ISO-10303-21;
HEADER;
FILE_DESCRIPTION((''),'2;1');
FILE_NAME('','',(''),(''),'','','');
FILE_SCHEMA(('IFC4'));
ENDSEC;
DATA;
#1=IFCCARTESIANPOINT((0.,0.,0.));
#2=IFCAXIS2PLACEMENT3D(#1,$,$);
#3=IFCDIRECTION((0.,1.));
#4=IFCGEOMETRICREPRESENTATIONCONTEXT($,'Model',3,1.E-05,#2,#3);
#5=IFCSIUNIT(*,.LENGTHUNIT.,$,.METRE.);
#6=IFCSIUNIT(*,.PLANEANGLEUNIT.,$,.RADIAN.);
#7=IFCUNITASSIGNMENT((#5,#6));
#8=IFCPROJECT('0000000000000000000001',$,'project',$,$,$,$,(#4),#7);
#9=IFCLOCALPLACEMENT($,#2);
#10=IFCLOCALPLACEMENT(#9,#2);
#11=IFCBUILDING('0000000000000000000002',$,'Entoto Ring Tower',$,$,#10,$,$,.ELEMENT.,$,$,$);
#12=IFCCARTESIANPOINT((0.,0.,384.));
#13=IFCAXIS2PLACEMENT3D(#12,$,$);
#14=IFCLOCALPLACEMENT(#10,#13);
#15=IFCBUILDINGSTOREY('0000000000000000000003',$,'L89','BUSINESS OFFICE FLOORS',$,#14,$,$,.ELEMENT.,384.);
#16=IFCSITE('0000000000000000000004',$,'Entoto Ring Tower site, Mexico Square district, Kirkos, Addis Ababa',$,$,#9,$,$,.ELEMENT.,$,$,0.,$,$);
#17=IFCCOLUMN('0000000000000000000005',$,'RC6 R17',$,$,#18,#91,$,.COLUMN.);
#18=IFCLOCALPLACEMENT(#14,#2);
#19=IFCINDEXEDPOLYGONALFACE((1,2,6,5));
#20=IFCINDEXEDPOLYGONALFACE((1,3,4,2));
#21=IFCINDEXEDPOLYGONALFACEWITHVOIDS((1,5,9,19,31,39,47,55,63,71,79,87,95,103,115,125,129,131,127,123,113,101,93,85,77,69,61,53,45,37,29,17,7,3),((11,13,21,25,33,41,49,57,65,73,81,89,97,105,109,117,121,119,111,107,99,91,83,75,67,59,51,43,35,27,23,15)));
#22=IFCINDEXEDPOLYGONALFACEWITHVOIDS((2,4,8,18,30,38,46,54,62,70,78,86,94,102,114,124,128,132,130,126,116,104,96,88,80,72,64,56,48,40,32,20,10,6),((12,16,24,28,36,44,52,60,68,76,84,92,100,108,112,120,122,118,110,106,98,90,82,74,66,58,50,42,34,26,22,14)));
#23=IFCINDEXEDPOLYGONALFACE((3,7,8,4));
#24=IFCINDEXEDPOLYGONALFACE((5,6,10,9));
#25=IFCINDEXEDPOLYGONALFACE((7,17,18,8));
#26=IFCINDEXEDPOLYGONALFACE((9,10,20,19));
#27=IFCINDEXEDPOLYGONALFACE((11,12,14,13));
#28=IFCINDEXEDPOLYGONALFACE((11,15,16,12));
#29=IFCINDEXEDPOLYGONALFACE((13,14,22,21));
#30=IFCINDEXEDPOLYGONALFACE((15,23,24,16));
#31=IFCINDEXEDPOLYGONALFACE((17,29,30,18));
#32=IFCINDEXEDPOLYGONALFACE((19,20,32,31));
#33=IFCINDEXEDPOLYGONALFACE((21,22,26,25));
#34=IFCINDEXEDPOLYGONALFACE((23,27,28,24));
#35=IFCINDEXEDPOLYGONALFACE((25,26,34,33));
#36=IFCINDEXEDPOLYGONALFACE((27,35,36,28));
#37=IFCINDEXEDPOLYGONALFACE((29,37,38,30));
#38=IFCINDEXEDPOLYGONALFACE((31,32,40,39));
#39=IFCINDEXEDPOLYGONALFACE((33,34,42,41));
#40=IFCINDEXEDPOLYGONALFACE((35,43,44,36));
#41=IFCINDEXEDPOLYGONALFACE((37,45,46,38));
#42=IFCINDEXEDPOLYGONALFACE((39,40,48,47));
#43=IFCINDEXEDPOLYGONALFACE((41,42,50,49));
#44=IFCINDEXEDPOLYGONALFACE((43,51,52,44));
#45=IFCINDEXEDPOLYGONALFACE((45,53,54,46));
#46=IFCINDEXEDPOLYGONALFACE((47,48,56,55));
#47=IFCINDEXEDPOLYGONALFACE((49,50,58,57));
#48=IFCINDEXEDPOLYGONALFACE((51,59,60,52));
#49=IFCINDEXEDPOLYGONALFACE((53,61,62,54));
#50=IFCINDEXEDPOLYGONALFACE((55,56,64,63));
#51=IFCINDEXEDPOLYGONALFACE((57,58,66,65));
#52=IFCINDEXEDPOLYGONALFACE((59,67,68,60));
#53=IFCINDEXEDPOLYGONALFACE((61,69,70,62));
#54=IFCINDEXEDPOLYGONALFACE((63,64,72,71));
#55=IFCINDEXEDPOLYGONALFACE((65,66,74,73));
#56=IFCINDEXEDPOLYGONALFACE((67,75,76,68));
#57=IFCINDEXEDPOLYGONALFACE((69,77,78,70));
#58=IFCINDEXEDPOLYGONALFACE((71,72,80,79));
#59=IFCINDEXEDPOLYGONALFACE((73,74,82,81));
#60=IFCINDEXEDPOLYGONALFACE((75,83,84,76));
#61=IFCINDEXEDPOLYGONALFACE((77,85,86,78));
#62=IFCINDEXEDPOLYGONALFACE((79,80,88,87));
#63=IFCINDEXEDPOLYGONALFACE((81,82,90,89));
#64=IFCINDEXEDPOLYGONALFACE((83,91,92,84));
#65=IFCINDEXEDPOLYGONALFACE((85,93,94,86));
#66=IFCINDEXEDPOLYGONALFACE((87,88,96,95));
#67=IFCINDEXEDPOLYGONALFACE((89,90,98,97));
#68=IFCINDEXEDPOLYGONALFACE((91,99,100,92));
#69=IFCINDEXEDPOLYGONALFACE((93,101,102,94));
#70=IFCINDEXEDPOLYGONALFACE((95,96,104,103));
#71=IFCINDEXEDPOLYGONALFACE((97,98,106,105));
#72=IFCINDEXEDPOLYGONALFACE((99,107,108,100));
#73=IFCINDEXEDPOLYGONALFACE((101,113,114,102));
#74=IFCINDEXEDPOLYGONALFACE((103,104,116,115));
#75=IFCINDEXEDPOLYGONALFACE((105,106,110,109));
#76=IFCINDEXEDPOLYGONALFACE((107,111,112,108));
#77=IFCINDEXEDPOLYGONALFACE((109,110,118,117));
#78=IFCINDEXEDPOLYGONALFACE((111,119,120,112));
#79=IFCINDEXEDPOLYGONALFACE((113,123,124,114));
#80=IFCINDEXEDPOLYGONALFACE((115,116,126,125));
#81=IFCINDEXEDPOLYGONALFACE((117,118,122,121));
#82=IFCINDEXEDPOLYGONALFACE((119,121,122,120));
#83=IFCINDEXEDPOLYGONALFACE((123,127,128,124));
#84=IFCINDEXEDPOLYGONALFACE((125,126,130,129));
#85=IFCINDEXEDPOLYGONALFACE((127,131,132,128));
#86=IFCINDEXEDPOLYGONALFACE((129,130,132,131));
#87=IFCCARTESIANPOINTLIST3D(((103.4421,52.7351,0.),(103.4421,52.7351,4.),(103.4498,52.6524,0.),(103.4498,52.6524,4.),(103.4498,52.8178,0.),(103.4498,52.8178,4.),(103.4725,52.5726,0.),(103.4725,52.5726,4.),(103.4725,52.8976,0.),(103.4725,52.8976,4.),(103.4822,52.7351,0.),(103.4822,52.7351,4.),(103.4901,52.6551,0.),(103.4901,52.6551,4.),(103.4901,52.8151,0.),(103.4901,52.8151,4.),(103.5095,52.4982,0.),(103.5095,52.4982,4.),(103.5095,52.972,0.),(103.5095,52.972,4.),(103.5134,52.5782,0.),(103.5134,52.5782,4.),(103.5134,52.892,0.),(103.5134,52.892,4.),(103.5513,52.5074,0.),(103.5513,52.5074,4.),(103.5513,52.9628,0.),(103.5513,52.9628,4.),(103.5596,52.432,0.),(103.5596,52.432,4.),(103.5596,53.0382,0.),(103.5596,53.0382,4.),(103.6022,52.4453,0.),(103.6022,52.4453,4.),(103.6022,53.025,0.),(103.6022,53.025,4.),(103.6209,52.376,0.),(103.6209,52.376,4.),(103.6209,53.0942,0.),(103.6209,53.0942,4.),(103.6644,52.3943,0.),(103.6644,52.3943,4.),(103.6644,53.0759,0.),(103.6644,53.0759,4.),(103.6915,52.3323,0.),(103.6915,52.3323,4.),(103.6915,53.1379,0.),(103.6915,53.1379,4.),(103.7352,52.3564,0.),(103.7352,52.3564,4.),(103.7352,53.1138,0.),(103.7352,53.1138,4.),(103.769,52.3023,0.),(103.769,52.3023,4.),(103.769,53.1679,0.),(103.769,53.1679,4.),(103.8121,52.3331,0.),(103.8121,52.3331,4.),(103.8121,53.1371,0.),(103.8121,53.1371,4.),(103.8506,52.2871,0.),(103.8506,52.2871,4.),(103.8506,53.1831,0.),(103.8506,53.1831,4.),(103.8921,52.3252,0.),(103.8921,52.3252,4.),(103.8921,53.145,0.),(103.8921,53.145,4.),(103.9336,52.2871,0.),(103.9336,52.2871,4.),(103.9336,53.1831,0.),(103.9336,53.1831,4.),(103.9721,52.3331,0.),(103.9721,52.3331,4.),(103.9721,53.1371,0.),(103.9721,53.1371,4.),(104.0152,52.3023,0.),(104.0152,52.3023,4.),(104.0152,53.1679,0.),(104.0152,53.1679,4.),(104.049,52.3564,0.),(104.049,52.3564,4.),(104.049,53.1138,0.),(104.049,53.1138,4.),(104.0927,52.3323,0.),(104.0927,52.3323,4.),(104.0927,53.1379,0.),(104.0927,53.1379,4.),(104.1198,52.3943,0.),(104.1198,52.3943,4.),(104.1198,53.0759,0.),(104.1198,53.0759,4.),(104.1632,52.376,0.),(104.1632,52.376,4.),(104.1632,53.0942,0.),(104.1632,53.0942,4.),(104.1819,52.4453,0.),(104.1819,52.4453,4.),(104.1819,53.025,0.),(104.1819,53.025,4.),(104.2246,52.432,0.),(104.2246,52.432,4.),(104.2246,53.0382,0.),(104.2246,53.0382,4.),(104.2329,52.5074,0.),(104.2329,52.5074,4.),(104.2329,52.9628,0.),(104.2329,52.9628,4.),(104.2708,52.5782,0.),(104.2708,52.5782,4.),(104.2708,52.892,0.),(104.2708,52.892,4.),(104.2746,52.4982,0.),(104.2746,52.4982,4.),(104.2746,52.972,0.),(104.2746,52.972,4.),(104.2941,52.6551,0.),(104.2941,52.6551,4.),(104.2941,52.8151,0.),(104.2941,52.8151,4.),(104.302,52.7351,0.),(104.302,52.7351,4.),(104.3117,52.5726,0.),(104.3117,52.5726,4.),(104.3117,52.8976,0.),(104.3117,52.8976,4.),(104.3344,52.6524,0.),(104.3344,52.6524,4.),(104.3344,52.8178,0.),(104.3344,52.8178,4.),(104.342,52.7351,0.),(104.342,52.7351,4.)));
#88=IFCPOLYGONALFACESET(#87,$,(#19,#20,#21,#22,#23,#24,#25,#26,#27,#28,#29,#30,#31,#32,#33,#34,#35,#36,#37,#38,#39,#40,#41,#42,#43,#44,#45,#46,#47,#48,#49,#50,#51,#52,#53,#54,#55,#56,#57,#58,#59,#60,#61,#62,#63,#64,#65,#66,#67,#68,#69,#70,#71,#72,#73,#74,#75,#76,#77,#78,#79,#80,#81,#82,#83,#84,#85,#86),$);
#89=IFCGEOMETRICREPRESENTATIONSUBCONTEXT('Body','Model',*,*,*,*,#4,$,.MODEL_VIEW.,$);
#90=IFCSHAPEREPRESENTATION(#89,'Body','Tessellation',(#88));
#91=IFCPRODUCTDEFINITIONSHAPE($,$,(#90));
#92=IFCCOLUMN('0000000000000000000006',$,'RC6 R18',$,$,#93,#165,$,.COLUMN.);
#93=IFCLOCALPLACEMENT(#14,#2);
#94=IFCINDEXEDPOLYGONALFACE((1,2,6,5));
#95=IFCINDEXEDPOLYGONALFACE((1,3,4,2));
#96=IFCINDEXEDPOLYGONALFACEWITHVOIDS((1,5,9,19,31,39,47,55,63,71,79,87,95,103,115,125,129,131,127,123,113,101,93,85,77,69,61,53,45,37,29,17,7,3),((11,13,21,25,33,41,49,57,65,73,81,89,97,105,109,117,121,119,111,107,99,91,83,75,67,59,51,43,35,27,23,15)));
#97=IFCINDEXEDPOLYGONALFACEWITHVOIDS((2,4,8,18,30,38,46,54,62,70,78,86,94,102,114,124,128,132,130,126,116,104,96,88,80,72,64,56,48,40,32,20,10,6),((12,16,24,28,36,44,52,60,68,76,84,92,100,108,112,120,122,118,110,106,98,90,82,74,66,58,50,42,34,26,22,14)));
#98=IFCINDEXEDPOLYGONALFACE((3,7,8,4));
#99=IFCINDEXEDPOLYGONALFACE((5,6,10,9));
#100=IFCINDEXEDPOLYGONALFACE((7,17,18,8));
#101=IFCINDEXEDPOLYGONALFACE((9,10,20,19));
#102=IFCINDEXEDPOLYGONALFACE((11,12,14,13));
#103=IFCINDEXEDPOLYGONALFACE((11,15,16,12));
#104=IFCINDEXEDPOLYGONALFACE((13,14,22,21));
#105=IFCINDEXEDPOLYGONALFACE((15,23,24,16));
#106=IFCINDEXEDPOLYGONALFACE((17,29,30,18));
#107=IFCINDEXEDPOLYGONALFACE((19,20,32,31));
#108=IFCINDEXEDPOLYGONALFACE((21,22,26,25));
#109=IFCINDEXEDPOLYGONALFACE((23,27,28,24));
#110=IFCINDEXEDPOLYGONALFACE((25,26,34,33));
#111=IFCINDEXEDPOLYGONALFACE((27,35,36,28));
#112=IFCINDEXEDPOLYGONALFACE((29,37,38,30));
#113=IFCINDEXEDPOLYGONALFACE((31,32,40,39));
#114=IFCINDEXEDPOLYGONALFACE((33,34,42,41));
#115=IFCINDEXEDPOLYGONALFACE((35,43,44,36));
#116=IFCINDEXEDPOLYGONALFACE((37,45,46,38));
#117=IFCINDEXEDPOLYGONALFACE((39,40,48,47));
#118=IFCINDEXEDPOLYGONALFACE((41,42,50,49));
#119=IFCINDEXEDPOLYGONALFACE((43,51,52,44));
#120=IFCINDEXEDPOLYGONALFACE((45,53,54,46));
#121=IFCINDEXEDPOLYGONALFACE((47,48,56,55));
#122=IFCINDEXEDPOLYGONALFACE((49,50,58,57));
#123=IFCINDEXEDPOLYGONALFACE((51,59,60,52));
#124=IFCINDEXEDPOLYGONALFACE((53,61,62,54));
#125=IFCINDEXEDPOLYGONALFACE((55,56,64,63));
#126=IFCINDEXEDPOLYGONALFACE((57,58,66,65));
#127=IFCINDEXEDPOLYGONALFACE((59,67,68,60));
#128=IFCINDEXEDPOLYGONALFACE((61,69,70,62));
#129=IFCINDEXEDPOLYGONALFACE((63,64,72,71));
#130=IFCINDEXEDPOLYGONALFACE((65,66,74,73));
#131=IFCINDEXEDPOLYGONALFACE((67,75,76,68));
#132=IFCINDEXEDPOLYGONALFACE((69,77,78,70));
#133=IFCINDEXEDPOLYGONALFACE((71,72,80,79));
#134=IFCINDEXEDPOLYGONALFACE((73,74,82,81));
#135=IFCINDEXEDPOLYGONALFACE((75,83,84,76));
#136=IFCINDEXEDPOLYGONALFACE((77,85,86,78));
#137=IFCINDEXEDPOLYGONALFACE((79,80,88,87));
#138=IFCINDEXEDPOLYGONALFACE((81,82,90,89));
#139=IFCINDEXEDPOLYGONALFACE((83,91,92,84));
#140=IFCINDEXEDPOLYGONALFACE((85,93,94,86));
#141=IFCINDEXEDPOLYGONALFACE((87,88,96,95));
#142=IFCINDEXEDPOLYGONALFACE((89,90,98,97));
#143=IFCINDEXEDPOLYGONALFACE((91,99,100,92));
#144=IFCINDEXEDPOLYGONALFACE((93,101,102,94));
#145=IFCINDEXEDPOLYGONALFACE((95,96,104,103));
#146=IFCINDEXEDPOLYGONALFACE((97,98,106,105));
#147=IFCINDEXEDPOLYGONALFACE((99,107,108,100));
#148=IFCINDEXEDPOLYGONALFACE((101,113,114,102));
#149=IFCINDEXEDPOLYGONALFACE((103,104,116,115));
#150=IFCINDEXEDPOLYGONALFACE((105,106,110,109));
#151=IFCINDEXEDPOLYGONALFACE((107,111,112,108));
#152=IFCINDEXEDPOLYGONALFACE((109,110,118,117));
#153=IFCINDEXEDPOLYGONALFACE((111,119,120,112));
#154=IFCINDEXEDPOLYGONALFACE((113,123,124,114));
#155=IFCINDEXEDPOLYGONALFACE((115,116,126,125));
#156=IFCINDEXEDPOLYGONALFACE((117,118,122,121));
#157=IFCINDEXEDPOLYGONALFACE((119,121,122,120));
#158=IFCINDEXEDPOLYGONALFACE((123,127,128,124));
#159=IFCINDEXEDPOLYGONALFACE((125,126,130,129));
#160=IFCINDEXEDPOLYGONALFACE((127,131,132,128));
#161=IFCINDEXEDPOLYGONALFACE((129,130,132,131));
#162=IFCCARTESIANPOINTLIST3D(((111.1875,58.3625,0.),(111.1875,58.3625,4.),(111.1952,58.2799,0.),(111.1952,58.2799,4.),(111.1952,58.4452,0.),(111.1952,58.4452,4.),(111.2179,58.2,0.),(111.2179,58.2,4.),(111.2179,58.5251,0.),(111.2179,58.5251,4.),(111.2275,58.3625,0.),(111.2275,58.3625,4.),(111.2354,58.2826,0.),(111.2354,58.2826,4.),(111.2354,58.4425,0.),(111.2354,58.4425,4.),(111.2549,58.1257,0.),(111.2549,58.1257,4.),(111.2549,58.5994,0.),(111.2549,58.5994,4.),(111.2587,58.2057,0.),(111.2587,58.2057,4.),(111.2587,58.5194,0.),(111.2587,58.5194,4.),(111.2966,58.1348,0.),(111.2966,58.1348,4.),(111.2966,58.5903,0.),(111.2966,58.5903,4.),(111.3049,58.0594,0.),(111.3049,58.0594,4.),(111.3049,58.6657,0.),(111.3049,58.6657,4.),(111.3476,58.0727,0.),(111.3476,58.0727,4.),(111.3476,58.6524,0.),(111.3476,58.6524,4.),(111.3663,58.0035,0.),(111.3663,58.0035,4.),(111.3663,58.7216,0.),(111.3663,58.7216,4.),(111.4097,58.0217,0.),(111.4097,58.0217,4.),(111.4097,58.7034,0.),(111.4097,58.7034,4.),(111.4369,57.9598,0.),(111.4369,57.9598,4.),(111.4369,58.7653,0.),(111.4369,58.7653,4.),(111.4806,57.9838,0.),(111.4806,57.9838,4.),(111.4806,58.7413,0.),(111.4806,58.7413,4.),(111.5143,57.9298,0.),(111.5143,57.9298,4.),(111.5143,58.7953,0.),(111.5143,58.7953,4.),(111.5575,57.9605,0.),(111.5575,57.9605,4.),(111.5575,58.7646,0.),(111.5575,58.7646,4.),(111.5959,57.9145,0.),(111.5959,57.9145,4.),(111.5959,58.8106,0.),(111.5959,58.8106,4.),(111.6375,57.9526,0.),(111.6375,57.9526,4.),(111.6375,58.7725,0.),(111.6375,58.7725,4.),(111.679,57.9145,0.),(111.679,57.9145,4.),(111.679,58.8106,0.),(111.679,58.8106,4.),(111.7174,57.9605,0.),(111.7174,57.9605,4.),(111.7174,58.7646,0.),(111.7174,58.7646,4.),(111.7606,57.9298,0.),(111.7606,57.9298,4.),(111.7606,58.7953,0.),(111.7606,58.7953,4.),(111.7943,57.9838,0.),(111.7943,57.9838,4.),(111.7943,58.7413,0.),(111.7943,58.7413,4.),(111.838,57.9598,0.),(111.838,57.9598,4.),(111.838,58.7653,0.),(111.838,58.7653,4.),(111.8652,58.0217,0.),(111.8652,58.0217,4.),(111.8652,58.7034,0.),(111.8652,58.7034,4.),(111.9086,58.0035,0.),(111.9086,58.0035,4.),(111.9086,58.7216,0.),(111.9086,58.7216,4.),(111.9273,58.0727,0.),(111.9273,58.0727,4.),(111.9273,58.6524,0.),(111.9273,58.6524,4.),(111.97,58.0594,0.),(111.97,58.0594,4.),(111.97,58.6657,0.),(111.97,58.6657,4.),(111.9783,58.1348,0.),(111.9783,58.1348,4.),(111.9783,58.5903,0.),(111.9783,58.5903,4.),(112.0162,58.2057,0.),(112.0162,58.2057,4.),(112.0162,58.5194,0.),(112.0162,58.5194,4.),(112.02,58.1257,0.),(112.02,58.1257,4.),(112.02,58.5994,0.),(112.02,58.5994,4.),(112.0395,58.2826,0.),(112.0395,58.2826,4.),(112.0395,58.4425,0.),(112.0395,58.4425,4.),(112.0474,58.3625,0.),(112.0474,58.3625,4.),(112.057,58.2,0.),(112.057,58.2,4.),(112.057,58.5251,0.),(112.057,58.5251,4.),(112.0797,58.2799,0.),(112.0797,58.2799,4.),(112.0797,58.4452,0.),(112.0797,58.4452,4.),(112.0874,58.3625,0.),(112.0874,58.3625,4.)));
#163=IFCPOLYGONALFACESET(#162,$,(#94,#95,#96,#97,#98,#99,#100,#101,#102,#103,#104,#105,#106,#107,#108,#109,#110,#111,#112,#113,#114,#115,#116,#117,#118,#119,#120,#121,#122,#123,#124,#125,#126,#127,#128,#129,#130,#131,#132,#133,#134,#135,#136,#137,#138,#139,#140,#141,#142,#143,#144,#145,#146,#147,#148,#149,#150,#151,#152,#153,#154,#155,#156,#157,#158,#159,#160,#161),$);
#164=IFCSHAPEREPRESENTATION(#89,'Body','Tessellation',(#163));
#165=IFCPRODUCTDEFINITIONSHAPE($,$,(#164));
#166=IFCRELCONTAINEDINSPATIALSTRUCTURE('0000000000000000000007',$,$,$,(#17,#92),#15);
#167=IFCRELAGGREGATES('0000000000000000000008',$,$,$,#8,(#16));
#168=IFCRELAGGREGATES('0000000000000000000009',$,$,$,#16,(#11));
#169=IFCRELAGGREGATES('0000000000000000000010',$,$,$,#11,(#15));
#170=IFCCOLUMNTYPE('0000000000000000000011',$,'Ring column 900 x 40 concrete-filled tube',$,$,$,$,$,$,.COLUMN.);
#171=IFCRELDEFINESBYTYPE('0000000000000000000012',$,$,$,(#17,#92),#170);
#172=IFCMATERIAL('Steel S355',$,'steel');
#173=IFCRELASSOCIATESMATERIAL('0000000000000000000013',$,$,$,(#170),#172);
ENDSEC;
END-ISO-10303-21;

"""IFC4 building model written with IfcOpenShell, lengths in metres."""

from ifc_helpers import new_model, si_unit, direction, frame, origin, origin_2d, place, context, subcontext, project, spatial, circle, hollow_circle, extrude, material, material_profile, profile_set, type_object, element, save


model = new_model("IFC4")

# Units and contexts
model_context = context("Model", 3, precision=1e-05, world=origin(), true_north=direction((0.0, 1.0)))
body_context = subcontext(model_context, "Body", "Model", "MODEL_VIEW")
ifc_project = project(units=[si_unit("LENGTHUNIT", "METRE"), si_unit("PLANEANGLEUNIT", "RADIAN")], contexts=[model_context])

# Site, building, storey
site_placement = place(None, origin())
site = spatial("IfcSite", under=ifc_project, at=site_placement, Name="Entoto Ring Tower site, Mexico Square district, Kirkos, Addis Ababa", CompositionType="ELEMENT", RefElevation=0.0)
building_placement = place(site_placement, origin())
building = spatial("IfcBuilding", under=site, at=building_placement, Name="Entoto Ring Tower", CompositionType="ELEMENT")
storey_placement = place(building_placement, frame((0.0, 0.0, 384.0)))
storey = spatial("IfcBuildingStorey", under=building, at=storey_placement, Name="L89", Description="BUSINESS OFFICE FLOORS", CompositionType="ELEMENT", Elevation=384.0)

# Columns
ifc_material_1 = material(Name="Steel S355", Category="steel")
ifc_material_profile_1 = material_profile(ifc_material_1, hollow_circle(Radius=0.45, WallThickness=0.04, at=origin_2d()), Name="CHS 900 x 40")
ifc_material_2 = material(Name="Concrete C60/75", Category="concrete")
ifc_material_profile_2 = material_profile(ifc_material_2, circle(Radius=0.4099, at=origin_2d()), Name="Concrete C60/75 infill")
ifc_profile_set_1 = profile_set([ifc_material_profile_1, ifc_material_profile_2], Name="Steel S355")
column_type = type_object("IfcColumnType", Name="Ring column 900 x 40 concrete-filled tube", PredefinedType="COLUMN", material=ifc_profile_set_1)
for number, where, z_axis, x_axis, name in (
    (1, (103.8921, 52.7351, 0.0), (0.0, 0.0, 1.0), (1.0, 0.0, 0.0), "RC6 R17"),
    (2, (111.6375, 58.3625, 0.0), (0.0, 0.0, 1.0), (1.0, 0.0, 0.0), "RC6 R18"),
):
    element("IfcColumn", number, at=place(storey_placement, frame(where, z_axis=z_axis, x_axis=x_axis)), inside=storey, type_object=column_type, Name=name, PredefinedType="COLUMN", context=body_context, shape_type="SweptSolid", body=[
        extrude(hollow_circle(Radius=0.45, WallThickness=0.04, at=origin_2d()), origin(), (0.0, 0.0, 1.0), 4.0),
    ])

save(model, "model.ifc")
